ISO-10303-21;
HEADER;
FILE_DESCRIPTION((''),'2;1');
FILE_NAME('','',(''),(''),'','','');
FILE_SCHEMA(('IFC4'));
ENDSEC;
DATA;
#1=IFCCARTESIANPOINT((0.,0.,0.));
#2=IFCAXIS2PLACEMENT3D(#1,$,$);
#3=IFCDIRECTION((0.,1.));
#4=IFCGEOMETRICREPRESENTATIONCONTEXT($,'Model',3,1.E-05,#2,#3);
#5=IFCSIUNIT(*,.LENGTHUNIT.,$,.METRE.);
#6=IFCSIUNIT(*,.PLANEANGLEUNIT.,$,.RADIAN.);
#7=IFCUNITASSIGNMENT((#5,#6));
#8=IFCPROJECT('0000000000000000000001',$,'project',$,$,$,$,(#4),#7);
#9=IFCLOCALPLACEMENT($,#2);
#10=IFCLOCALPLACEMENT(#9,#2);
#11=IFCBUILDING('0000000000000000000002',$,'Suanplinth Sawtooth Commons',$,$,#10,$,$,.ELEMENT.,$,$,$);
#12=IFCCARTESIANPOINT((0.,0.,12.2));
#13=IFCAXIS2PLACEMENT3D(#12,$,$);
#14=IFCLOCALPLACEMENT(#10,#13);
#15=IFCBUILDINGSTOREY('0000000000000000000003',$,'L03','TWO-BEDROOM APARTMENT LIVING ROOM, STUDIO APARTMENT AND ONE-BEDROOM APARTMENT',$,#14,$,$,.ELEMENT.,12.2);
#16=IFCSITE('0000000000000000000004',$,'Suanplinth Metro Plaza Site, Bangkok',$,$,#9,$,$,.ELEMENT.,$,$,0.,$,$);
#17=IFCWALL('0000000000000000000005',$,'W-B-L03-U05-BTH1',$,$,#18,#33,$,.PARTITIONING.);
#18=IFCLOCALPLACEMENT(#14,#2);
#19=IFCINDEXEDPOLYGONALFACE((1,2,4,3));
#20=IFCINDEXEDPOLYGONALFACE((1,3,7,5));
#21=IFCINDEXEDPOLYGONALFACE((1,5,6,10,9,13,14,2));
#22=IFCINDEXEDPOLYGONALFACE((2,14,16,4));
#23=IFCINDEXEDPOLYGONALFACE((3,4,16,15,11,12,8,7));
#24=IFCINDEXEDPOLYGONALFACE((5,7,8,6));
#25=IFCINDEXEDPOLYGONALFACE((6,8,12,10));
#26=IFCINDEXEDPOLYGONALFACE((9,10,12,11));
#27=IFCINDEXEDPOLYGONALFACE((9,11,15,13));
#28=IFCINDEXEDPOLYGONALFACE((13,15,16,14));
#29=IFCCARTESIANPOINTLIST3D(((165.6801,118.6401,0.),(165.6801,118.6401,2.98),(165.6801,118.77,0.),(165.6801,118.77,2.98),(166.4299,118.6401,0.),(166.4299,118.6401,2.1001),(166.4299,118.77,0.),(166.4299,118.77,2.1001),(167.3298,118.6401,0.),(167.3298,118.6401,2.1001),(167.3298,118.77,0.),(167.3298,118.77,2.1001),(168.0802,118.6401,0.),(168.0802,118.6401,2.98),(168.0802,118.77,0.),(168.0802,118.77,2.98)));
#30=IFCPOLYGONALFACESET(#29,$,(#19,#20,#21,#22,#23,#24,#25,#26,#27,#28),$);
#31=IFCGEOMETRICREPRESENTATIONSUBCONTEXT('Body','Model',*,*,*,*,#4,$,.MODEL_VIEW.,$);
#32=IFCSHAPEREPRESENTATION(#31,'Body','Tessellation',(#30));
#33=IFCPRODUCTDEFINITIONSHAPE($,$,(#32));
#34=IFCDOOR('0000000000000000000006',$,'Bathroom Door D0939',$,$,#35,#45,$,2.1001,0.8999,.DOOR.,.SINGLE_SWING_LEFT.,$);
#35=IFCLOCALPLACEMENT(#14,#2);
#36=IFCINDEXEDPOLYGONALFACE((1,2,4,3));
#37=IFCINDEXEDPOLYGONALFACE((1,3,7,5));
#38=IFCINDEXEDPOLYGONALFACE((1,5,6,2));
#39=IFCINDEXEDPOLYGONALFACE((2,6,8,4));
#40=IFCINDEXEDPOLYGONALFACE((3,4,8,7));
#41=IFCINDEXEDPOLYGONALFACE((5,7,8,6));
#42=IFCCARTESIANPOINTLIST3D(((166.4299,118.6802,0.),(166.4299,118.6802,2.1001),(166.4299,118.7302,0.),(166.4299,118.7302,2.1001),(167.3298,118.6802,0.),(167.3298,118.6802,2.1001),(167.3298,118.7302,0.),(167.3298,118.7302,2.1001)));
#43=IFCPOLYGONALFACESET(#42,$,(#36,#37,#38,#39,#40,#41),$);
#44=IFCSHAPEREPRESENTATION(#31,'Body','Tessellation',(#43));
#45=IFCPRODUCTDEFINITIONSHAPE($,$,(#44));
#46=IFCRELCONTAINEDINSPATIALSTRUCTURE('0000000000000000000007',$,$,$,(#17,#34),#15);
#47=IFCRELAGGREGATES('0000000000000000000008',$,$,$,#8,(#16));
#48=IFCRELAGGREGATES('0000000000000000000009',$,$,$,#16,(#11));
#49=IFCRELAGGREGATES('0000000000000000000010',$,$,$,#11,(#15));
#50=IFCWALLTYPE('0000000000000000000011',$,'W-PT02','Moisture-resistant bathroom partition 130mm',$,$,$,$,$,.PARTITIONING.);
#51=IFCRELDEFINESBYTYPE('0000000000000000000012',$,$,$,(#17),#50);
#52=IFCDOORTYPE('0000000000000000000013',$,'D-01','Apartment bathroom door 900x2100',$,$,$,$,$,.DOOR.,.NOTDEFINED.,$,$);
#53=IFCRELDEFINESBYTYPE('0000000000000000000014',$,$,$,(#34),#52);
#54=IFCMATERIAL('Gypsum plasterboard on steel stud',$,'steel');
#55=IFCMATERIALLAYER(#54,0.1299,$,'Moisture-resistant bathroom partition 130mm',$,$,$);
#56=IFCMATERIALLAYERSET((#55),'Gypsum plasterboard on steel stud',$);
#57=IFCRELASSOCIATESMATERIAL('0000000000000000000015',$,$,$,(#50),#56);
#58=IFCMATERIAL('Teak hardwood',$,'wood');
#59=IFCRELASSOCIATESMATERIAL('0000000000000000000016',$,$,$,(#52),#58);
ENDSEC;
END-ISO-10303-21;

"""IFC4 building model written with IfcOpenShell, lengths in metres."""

from ifc_helpers import new_model, si_unit, direction, frame, frame_2d, origin, place, context, subcontext, project, spatial, rectangle, extrude, material, layer, layer_set, type_object, element, fill, save


model = new_model("IFC4")

# Units and contexts
model_context = context("Model", 3, precision=1e-05, world=origin(), true_north=direction((0.0, 1.0)))
body_context = subcontext(model_context, "Body", "Model", "MODEL_VIEW")
ifc_project = project(units=[si_unit("LENGTHUNIT", "METRE"), si_unit("PLANEANGLEUNIT", "RADIAN")], contexts=[model_context])

# Site, building, storey
site_placement = place(None, origin())
site = spatial("IfcSite", under=ifc_project, at=site_placement, Name="Suanplinth Metro Plaza Site, Bangkok", CompositionType="ELEMENT", RefElevation=0.0)
building_placement = place(site_placement, origin())
building = spatial("IfcBuilding", under=site, at=building_placement, Name="Suanplinth Sawtooth Commons", CompositionType="ELEMENT")
storey_placement = place(building_placement, frame((0.0, 0.0, 12.2)))
storey = spatial("IfcBuildingStorey", under=building, at=storey_placement, Name="L03", Description="TWO-BEDROOM APARTMENT LIVING ROOM, STUDIO APARTMENT AND ONE-BEDROOM APARTMENT", CompositionType="ELEMENT", Elevation=12.2)

# Wall, opening, door
ifc_material_1 = material(Name="Gypsum plasterboard on steel stud", Category="steel")
ifc_layer_1 = layer(ifc_material_1, 0.1299, Name="Moisture-resistant bathroom partition 130mm")
ifc_layer_set_1 = layer_set([ifc_layer_1], Name="Gypsum plasterboard on steel stud")
wall_type_1 = type_object("IfcWallType", Name="W-PT02", Description="Moisture-resistant bathroom partition 130mm", PredefinedType="PARTITIONING", material=ifc_layer_set_1)
wall_1_placement = place(storey_placement, frame((165.6799, 118.7051, 0.0), z_axis=(0.0, 0.0, 1.0), x_axis=(1.0, 0.0, 0.0)))
wall_1 = element("IfcWall", 1, at=wall_1_placement, inside=storey, type_object=wall_type_1, Name="W-B-L03-U05-BTH1", PredefinedType="PARTITIONING", context=body_context, shape_type="SweptSolid", body=[
    extrude(rectangle(XDim=2.4001, YDim=0.1299, at=frame_2d((1.2002, 0.0))), origin(), (0.0, 0.0, 1.0), 2.98),
])
opening_1_placement = place(wall_1_placement, frame((0.75, 0.0, 0.0)))
opening_1 = element("IfcOpeningElement", 2, at=opening_1_placement, cuts=wall_1, PredefinedType="OPENING", context=body_context, shape_type="SweptSolid", body=[
    extrude(rectangle(XDim=0.8999, YDim=2.1001, at=frame_2d((0.45, 1.05))), frame((0.0, 0.0798, 0.0), z_axis=(0.0, -1.0, 0.0), x_axis=(1.0, 0.0, 0.0)), (0.0, 0.0, 1.0), 0.1597),
])
ifc_material_2 = material(Name="Teak hardwood", Category="wood")
door_type_1 = type_object("IfcDoorType", Name="D-01", Description="Apartment bathroom door 900x2100", OperationType="NOTDEFINED", PredefinedType="DOOR", material=ifc_material_2)
door_1_placement = place(opening_1_placement, frame((0.8999, 0.0, 0.0), z_axis=(0.0, 0.0, 1.0), x_axis=(-1.0, 0.0, 0.0)))
door_1 = element("IfcDoor", 3, at=door_1_placement, inside=storey, type_object=door_type_1, Name="Bathroom Door D0939", OperationType="SINGLE_SWING_LEFT", OverallHeight=2.1001, OverallWidth=0.8999, PredefinedType="DOOR", context=body_context, shape_type="SweptSolid", body=[
    extrude(rectangle(XDim=0.8999, YDim=2.1001, at=frame_2d((0.45, 1.05))), frame((0.0, 0.0249, 0.0), z_axis=(0.0, -1.0, 0.0), x_axis=(1.0, 0.0, 0.0)), (0.0, 0.0, 1.0), 0.05),
])
fill(opening_1, door_1)

save(model, "model.ifc")
